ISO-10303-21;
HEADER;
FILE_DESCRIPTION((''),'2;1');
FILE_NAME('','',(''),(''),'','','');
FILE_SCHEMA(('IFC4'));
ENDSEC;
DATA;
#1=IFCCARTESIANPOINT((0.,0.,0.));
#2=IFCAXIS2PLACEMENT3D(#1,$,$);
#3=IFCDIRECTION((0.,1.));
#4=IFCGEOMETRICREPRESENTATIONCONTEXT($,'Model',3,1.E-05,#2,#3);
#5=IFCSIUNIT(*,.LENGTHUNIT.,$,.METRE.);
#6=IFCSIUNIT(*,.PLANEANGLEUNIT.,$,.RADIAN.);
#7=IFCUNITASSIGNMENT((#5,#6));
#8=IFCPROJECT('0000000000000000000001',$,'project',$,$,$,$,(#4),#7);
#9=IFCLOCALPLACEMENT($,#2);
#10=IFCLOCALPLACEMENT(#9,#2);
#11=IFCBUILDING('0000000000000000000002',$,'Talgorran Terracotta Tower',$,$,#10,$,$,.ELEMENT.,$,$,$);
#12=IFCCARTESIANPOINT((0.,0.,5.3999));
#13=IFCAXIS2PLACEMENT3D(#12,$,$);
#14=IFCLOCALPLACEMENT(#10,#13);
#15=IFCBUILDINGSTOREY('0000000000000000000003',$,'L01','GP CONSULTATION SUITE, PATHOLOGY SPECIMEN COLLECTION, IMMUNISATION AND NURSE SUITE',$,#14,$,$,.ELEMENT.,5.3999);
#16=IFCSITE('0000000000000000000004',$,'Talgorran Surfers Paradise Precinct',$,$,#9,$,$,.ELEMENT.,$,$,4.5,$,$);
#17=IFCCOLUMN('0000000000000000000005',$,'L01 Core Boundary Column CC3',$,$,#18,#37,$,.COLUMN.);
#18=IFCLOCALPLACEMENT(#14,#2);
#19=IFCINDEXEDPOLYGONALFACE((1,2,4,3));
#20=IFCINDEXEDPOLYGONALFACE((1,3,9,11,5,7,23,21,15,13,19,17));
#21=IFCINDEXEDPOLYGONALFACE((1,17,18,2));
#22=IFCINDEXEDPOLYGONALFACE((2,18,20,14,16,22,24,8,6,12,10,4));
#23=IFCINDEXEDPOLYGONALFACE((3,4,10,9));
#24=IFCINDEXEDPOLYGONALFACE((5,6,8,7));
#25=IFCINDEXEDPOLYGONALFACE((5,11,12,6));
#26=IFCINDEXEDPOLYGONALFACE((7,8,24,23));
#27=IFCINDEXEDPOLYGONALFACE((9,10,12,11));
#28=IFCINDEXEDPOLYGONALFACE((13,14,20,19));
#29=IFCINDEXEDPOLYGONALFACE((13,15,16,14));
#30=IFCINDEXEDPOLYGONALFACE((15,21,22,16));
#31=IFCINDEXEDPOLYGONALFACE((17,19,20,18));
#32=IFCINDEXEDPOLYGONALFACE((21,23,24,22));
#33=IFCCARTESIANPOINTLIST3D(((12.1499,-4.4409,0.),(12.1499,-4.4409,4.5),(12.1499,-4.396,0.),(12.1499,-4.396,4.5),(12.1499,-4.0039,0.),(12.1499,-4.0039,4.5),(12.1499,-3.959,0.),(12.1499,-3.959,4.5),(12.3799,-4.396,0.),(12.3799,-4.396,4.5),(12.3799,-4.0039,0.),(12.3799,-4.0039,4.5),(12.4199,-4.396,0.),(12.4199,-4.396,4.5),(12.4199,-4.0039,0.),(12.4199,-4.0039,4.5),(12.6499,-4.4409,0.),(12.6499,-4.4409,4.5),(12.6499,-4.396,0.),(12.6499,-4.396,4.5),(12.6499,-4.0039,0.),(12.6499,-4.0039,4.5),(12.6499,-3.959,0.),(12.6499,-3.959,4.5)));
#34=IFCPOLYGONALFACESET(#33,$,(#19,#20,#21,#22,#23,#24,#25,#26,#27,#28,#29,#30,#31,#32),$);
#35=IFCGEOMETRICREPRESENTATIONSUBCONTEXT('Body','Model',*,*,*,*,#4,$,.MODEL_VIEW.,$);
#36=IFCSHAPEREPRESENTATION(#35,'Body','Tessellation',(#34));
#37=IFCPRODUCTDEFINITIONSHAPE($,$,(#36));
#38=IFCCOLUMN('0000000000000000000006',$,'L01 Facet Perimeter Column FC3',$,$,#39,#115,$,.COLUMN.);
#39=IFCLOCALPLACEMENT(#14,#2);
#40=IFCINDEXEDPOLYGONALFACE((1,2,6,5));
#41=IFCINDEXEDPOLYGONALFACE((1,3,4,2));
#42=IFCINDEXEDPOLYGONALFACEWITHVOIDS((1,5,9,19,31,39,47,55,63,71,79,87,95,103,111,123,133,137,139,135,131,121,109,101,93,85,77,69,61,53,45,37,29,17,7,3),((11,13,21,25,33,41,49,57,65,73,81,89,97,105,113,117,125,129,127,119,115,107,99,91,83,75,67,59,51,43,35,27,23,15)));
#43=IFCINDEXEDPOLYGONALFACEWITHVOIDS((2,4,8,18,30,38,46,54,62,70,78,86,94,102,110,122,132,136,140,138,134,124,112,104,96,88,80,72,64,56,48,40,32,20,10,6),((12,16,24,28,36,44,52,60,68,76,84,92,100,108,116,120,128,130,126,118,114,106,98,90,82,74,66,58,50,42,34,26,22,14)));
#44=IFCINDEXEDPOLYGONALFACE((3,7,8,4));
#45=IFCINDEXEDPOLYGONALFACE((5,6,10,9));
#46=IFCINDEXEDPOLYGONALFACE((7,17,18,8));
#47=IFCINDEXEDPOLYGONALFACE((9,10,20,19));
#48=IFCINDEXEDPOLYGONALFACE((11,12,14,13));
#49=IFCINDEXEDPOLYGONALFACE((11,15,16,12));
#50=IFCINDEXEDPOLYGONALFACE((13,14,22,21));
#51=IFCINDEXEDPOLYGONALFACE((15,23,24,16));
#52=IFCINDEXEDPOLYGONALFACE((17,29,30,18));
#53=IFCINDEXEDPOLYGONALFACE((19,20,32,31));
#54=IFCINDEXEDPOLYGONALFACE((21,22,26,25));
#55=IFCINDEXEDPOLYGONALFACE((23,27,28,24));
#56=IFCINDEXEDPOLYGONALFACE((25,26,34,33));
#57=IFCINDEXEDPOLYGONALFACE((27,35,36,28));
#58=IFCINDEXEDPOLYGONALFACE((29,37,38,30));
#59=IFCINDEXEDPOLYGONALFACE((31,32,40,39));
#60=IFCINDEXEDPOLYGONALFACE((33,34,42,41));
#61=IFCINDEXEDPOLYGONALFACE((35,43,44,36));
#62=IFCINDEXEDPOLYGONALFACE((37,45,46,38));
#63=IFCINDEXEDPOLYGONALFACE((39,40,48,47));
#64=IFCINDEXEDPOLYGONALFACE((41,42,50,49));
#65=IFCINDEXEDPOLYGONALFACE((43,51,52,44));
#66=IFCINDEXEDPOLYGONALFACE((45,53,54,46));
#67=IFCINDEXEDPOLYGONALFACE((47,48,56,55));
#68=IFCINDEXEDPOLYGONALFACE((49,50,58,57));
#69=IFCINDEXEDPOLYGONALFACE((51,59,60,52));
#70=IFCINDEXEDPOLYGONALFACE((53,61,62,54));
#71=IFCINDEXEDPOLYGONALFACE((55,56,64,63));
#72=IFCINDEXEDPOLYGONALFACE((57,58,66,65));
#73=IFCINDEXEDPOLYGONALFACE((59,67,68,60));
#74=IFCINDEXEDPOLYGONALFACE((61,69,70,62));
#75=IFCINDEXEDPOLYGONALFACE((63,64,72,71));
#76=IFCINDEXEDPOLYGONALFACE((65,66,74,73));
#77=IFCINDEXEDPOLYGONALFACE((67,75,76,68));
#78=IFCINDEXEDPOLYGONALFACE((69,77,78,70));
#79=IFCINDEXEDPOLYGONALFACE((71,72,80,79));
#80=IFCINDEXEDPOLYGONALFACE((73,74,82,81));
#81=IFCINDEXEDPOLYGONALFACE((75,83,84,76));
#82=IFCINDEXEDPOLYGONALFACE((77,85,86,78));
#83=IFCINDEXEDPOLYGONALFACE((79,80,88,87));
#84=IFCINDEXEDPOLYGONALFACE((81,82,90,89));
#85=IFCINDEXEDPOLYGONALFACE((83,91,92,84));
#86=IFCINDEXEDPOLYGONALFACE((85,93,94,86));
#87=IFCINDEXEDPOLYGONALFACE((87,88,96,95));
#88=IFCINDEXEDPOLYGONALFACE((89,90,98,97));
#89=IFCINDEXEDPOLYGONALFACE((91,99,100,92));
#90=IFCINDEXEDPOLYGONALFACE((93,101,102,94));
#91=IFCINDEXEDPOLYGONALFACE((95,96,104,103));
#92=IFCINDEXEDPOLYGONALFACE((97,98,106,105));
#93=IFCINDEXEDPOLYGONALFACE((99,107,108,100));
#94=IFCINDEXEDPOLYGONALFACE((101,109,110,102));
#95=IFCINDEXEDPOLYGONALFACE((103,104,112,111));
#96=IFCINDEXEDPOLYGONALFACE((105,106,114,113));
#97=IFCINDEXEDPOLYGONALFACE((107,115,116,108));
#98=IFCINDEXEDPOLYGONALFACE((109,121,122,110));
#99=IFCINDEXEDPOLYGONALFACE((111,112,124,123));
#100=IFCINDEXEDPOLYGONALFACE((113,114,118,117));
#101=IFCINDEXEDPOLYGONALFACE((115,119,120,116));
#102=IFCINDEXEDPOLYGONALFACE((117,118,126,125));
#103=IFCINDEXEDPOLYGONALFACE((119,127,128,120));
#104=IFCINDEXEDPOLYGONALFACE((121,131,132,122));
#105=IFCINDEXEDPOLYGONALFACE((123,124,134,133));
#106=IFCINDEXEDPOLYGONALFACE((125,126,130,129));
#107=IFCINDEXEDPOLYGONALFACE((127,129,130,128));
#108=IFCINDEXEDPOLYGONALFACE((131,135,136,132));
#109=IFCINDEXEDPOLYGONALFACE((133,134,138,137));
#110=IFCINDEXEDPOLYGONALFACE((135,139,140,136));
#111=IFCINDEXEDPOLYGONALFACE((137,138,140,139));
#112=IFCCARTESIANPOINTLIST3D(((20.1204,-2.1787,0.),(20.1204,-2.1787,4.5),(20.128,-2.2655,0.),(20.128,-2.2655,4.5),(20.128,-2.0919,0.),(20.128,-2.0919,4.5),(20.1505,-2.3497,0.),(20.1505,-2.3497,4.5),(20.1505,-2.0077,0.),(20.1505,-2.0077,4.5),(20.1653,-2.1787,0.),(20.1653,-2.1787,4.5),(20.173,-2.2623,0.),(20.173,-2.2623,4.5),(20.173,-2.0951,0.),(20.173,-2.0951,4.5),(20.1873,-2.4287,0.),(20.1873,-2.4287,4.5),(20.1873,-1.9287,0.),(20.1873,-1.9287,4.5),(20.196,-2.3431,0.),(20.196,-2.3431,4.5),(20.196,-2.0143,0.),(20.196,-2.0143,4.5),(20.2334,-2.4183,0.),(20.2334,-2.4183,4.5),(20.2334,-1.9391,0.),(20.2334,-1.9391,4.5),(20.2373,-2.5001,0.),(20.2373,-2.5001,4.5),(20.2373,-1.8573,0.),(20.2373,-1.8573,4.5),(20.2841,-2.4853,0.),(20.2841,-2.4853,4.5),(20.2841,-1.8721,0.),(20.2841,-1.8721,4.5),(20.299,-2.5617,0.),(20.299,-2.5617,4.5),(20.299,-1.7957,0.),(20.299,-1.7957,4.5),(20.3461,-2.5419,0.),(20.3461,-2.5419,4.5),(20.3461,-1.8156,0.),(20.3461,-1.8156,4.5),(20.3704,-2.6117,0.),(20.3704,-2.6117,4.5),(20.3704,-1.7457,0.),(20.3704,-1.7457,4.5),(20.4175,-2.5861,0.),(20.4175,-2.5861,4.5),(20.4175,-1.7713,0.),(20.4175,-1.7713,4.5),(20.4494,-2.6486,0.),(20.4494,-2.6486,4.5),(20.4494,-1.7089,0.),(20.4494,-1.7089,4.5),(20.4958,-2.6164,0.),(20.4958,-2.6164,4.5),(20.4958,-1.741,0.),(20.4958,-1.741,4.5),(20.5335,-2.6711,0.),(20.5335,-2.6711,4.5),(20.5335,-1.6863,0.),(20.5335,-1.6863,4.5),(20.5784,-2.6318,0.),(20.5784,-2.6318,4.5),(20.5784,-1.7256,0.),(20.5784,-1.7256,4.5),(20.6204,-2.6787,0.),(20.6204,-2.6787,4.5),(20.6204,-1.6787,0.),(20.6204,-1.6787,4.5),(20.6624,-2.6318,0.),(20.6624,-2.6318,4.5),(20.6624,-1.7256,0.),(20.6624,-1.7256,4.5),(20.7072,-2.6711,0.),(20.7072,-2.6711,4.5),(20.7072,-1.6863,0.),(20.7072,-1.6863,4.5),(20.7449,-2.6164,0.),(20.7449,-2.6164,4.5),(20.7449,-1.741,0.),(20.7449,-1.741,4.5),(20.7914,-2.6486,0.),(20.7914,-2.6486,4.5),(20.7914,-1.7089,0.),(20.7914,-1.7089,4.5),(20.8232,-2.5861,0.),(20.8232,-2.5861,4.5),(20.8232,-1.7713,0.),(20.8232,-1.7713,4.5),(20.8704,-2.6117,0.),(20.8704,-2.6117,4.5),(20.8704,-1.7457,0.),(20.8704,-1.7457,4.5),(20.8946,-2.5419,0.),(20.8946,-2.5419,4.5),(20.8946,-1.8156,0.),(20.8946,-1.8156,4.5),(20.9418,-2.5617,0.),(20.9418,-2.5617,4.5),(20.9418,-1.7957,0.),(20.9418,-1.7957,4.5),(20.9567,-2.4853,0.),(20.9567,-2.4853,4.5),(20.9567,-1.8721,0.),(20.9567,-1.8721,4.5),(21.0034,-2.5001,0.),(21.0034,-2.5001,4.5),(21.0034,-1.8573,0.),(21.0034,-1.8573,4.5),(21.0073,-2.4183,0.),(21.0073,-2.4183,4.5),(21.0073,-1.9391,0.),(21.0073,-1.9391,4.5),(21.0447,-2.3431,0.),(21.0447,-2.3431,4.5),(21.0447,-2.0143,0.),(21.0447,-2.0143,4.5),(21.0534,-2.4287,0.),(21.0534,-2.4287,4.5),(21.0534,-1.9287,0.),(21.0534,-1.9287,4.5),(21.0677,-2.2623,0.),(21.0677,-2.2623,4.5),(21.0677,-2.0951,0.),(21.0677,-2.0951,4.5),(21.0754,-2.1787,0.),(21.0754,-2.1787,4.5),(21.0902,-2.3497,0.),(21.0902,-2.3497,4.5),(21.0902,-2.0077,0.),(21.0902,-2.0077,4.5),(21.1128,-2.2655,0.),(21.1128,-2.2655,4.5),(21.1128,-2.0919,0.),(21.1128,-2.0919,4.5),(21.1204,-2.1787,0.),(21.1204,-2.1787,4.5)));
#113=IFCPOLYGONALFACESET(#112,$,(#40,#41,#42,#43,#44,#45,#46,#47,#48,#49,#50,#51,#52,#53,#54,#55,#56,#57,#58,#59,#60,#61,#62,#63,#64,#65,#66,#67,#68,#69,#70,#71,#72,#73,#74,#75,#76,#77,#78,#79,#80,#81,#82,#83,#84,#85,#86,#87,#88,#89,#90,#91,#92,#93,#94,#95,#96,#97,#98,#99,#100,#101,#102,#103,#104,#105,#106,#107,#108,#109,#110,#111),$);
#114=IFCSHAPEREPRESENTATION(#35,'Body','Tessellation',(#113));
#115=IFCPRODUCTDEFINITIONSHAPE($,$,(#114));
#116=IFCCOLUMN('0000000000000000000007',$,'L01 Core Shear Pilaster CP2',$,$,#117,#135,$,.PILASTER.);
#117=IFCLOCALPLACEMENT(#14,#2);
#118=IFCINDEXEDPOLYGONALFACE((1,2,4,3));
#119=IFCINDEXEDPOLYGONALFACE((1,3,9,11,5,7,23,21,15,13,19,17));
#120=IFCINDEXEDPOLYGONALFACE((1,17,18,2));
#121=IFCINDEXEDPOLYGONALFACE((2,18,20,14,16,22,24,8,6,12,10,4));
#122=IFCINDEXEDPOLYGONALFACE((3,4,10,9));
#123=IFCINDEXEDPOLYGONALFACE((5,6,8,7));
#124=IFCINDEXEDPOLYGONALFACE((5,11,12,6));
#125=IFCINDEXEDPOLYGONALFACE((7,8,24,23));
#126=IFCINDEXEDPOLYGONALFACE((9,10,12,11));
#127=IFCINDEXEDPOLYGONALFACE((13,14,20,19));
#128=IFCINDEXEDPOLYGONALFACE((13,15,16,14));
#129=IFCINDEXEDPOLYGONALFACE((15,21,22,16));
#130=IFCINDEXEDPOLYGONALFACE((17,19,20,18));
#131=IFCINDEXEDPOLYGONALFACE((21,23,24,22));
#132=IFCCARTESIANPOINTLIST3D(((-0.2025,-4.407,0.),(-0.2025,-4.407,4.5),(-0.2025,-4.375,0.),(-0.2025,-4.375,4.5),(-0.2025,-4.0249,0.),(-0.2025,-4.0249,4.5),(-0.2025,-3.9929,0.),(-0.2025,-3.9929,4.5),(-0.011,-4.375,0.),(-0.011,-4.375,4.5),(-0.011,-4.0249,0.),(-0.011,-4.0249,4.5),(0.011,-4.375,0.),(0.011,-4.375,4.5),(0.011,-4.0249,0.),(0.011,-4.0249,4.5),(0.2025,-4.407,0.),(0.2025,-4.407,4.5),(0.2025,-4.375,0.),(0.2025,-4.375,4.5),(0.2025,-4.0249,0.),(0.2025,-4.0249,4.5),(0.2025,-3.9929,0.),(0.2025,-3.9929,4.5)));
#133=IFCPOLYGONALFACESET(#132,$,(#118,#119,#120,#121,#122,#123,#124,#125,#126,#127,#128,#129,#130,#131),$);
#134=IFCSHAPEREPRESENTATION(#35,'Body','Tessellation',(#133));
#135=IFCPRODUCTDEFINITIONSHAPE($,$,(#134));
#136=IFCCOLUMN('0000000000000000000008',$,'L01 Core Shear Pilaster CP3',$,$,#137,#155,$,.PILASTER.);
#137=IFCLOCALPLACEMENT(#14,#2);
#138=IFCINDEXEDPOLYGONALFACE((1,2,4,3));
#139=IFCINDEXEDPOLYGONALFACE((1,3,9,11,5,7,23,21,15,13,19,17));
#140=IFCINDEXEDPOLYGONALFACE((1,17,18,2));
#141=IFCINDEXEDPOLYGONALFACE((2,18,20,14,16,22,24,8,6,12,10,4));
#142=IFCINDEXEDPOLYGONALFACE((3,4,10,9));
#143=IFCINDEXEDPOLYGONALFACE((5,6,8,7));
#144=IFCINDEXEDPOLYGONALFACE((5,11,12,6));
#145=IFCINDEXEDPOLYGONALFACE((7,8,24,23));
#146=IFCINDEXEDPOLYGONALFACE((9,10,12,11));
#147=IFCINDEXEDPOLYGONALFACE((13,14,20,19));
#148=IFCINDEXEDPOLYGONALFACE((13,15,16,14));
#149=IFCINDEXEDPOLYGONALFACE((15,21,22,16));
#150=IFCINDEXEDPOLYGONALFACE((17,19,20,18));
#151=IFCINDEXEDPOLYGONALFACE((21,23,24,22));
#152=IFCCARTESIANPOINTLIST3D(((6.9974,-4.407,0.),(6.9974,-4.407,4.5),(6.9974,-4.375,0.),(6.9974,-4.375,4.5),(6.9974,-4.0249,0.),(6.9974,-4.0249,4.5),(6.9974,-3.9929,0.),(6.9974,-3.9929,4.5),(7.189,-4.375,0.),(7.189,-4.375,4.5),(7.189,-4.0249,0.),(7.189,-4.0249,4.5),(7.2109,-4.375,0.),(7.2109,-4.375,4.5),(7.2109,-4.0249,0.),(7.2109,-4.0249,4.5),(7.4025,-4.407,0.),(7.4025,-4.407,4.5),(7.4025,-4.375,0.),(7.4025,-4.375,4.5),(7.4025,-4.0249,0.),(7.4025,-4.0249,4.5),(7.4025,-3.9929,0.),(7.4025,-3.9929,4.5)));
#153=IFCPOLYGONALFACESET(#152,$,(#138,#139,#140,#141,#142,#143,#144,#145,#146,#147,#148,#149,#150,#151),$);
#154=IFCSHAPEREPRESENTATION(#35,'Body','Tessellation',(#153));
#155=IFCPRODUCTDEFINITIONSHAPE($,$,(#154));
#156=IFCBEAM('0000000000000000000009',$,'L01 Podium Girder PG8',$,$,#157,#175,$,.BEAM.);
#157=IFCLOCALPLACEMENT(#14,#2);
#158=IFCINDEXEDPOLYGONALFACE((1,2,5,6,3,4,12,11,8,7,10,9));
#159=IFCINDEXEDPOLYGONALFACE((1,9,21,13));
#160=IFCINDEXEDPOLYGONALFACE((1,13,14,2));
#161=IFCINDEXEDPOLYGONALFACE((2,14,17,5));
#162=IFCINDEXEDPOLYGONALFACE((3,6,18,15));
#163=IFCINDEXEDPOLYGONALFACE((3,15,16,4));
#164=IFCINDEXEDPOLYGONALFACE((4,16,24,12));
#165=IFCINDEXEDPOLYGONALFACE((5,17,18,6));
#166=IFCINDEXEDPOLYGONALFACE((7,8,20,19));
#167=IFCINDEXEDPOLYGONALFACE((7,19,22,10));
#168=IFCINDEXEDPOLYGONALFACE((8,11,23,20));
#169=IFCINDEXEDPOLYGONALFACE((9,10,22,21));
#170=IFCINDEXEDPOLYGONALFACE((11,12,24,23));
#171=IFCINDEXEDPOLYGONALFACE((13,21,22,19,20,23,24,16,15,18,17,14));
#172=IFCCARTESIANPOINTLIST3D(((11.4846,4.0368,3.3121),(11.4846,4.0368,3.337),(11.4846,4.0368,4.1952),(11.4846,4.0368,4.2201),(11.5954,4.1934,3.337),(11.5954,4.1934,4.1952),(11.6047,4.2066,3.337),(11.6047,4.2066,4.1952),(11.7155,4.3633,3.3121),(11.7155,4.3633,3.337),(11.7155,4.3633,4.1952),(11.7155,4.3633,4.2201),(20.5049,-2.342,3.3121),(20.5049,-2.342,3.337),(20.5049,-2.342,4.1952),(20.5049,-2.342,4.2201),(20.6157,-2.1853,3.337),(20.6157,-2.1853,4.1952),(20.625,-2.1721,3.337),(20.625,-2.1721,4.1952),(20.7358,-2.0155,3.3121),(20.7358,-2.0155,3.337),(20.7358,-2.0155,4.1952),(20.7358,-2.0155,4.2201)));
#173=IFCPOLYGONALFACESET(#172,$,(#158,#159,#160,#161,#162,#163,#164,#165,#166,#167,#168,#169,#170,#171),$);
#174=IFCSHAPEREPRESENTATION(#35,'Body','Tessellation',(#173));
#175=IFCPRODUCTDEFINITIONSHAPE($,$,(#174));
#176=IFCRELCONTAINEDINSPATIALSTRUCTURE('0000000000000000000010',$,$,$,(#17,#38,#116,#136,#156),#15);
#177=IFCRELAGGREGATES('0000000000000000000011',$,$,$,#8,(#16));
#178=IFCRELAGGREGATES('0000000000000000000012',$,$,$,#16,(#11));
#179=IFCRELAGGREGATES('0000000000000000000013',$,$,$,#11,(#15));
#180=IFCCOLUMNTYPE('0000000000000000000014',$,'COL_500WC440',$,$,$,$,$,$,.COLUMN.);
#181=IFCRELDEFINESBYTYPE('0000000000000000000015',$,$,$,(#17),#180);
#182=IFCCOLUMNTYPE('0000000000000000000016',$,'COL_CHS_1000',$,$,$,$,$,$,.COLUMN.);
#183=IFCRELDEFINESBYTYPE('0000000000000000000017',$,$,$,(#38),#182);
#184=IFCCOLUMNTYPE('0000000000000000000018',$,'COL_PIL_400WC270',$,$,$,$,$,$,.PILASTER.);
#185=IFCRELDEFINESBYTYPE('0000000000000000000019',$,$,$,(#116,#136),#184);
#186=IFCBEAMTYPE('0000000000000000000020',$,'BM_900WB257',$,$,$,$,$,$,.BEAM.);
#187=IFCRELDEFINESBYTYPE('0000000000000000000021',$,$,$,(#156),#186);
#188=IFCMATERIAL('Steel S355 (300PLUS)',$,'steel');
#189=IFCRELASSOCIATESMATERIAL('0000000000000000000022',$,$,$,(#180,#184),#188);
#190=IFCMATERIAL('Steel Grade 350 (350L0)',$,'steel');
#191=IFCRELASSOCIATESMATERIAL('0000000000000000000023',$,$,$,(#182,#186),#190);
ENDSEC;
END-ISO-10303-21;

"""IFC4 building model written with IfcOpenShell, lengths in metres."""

from ifc_helpers import new_model, si_unit, direction, frame, origin, origin_2d, place, context, subcontext, project, spatial, hollow_circle, i_section, extrude, material, material_profile, profile_set, type_object, element, save


model = new_model("IFC4")

# Units and contexts
model_context = context("Model", 3, precision=1e-05, world=origin(), true_north=direction((0.0, 1.0)))
body_context = subcontext(model_context, "Body", "Model", "MODEL_VIEW")
ifc_project = project(units=[si_unit("LENGTHUNIT", "METRE"), si_unit("PLANEANGLEUNIT", "RADIAN")], contexts=[model_context])

# Site, building, storey
site_placement = place(None, origin())
site = spatial("IfcSite", under=ifc_project, at=site_placement, Name="Talgorran Surfers Paradise Precinct", CompositionType="ELEMENT", RefElevation=4.5)
building_placement = place(site_placement, origin())
building = spatial("IfcBuilding", under=site, at=building_placement, Name="Talgorran Terracotta Tower", CompositionType="ELEMENT")
storey_placement = place(building_placement, frame((0.0, 0.0, 5.3999)))
storey = spatial("IfcBuildingStorey", under=building, at=storey_placement, Name="L01", Description="GP CONSULTATION SUITE, PATHOLOGY SPECIMEN COLLECTION, IMMUNISATION AND NURSE SUITE", CompositionType="ELEMENT", Elevation=5.3999)

# Columns
ifc_material_1 = material(Name="Steel S355 (300PLUS)", Category="steel")
ifc_material_profile_1 = material_profile(ifc_material_1, i_section(OverallWidth=0.5, OverallDepth=0.4819, WebThickness=0.04, FlangeThickness=0.0449, at=origin_2d()), Name="500WC440")
ifc_profile_set_1 = profile_set([ifc_material_profile_1], Name="Steel S355 (300PLUS)")
column_type_1 = type_object("IfcColumnType", Name="COL_500WC440", PredefinedType="COLUMN", material=ifc_profile_set_1)
column_1_placement = place(storey_placement, frame((12.3999, -4.2, 0.0), z_axis=(0.0, 0.0, 1.0), x_axis=(1.0, 0.0, 0.0)))
element("IfcColumn", 1, at=column_1_placement, inside=storey, type_object=column_type_1, Name="L01 Core Boundary Column CC3", PredefinedType="COLUMN", context=body_context, shape_type="SweptSolid", body=[
    extrude(i_section(OverallWidth=0.5, OverallDepth=0.4819, WebThickness=0.04, FlangeThickness=0.0449, at=origin_2d()), origin(), (0.0, 0.0, 1.0), 4.5),
])
ifc_material_2 = material(Name="Steel Grade 350 (350L0)", Category="steel")
ifc_material_profile_2 = material_profile(ifc_material_2, hollow_circle(Radius=0.5, WallThickness=0.0449, at=origin_2d()), Name="CHS1000X45")
ifc_profile_set_2 = profile_set([ifc_material_profile_2], Name="Steel Grade 350 (350L0)")
column_type_2 = type_object("IfcColumnType", Name="COL_CHS_1000", PredefinedType="COLUMN", material=ifc_profile_set_2)
column_2_placement = place(storey_placement, frame((20.6204, -2.1787, 0.0), z_axis=(0.0, 0.0, 1.0), x_axis=(1.0, 0.0, 0.0)))
element("IfcColumn", 2, at=column_2_placement, inside=storey, type_object=column_type_2, Name="L01 Facet Perimeter Column FC3", PredefinedType="COLUMN", context=body_context, shape_type="SweptSolid", body=[
    extrude(hollow_circle(Radius=0.5, WallThickness=0.0449, at=origin_2d()), origin(), (0.0, 0.0, 1.0), 4.5),
])
ifc_material_profile_3 = material_profile(ifc_material_1, i_section(OverallWidth=0.405, OverallDepth=0.4141, WebThickness=0.022, FlangeThickness=0.032, at=origin_2d()), Name="400WC270")
ifc_profile_set_3 = profile_set([ifc_material_profile_3], Name="Steel S355 (300PLUS)")
column_type_3 = type_object("IfcColumnType", Name="COL_PIL_400WC270", PredefinedType="PILASTER", material=ifc_profile_set_3)
for number, where, z_axis, x_axis, name in (
    (3, (0.0, -4.2, 0.0), (0.0, 0.0, 1.0), (1.0, 0.0, 0.0), "L01 Core Shear Pilaster CP2"),
    (4, (7.2, -4.2, 0.0), (0.0, 0.0, 1.0), (1.0, 0.0, 0.0), "L01 Core Shear Pilaster CP3"),
):
    element("IfcColumn", number, at=place(storey_placement, frame(where, z_axis=z_axis, x_axis=x_axis)), inside=storey, type_object=column_type_3, Name=name, PredefinedType="PILASTER", context=body_context, shape_type="SweptSolid", body=[
        extrude(i_section(OverallWidth=0.405, OverallDepth=0.4141, WebThickness=0.022, FlangeThickness=0.032, at=origin_2d()), origin(), (0.0, 0.0, 1.0), 4.5),
    ])

# Beam
ifc_material_profile_4 = material_profile(ifc_material_2, i_section(OverallWidth=0.3999, OverallDepth=0.908, WebThickness=0.0161, FlangeThickness=0.0249, at=origin_2d()), Name="900WB257")
ifc_profile_set_4 = profile_set([ifc_material_profile_4], Name="Steel Grade 350 (350L0)")
beam_type_1 = type_object("IfcBeamType", Name="BM_900WB257", PredefinedType="BEAM", material=ifc_profile_set_4)
beam_1_placement = place(storey_placement, frame((20.6204, -2.1787, 3.7661), z_axis=(-0.816481, 0.577373, 0.0), x_axis=(-0.577373, -0.816481, 0.0)))
element("IfcBeam", 5, at=beam_1_placement, inside=storey, type_object=beam_type_1, Name="L01 Podium Girder PG8", PredefinedType="BEAM", context=body_context, shape_type="SweptSolid", body=[
    extrude(i_section(OverallWidth=0.3999, OverallDepth=0.908, WebThickness=0.0161, FlangeThickness=0.0249, at=origin_2d()), origin(), (0.0, 0.0, 1.0), 11.0479),
])

save(model, "model.ifc")
